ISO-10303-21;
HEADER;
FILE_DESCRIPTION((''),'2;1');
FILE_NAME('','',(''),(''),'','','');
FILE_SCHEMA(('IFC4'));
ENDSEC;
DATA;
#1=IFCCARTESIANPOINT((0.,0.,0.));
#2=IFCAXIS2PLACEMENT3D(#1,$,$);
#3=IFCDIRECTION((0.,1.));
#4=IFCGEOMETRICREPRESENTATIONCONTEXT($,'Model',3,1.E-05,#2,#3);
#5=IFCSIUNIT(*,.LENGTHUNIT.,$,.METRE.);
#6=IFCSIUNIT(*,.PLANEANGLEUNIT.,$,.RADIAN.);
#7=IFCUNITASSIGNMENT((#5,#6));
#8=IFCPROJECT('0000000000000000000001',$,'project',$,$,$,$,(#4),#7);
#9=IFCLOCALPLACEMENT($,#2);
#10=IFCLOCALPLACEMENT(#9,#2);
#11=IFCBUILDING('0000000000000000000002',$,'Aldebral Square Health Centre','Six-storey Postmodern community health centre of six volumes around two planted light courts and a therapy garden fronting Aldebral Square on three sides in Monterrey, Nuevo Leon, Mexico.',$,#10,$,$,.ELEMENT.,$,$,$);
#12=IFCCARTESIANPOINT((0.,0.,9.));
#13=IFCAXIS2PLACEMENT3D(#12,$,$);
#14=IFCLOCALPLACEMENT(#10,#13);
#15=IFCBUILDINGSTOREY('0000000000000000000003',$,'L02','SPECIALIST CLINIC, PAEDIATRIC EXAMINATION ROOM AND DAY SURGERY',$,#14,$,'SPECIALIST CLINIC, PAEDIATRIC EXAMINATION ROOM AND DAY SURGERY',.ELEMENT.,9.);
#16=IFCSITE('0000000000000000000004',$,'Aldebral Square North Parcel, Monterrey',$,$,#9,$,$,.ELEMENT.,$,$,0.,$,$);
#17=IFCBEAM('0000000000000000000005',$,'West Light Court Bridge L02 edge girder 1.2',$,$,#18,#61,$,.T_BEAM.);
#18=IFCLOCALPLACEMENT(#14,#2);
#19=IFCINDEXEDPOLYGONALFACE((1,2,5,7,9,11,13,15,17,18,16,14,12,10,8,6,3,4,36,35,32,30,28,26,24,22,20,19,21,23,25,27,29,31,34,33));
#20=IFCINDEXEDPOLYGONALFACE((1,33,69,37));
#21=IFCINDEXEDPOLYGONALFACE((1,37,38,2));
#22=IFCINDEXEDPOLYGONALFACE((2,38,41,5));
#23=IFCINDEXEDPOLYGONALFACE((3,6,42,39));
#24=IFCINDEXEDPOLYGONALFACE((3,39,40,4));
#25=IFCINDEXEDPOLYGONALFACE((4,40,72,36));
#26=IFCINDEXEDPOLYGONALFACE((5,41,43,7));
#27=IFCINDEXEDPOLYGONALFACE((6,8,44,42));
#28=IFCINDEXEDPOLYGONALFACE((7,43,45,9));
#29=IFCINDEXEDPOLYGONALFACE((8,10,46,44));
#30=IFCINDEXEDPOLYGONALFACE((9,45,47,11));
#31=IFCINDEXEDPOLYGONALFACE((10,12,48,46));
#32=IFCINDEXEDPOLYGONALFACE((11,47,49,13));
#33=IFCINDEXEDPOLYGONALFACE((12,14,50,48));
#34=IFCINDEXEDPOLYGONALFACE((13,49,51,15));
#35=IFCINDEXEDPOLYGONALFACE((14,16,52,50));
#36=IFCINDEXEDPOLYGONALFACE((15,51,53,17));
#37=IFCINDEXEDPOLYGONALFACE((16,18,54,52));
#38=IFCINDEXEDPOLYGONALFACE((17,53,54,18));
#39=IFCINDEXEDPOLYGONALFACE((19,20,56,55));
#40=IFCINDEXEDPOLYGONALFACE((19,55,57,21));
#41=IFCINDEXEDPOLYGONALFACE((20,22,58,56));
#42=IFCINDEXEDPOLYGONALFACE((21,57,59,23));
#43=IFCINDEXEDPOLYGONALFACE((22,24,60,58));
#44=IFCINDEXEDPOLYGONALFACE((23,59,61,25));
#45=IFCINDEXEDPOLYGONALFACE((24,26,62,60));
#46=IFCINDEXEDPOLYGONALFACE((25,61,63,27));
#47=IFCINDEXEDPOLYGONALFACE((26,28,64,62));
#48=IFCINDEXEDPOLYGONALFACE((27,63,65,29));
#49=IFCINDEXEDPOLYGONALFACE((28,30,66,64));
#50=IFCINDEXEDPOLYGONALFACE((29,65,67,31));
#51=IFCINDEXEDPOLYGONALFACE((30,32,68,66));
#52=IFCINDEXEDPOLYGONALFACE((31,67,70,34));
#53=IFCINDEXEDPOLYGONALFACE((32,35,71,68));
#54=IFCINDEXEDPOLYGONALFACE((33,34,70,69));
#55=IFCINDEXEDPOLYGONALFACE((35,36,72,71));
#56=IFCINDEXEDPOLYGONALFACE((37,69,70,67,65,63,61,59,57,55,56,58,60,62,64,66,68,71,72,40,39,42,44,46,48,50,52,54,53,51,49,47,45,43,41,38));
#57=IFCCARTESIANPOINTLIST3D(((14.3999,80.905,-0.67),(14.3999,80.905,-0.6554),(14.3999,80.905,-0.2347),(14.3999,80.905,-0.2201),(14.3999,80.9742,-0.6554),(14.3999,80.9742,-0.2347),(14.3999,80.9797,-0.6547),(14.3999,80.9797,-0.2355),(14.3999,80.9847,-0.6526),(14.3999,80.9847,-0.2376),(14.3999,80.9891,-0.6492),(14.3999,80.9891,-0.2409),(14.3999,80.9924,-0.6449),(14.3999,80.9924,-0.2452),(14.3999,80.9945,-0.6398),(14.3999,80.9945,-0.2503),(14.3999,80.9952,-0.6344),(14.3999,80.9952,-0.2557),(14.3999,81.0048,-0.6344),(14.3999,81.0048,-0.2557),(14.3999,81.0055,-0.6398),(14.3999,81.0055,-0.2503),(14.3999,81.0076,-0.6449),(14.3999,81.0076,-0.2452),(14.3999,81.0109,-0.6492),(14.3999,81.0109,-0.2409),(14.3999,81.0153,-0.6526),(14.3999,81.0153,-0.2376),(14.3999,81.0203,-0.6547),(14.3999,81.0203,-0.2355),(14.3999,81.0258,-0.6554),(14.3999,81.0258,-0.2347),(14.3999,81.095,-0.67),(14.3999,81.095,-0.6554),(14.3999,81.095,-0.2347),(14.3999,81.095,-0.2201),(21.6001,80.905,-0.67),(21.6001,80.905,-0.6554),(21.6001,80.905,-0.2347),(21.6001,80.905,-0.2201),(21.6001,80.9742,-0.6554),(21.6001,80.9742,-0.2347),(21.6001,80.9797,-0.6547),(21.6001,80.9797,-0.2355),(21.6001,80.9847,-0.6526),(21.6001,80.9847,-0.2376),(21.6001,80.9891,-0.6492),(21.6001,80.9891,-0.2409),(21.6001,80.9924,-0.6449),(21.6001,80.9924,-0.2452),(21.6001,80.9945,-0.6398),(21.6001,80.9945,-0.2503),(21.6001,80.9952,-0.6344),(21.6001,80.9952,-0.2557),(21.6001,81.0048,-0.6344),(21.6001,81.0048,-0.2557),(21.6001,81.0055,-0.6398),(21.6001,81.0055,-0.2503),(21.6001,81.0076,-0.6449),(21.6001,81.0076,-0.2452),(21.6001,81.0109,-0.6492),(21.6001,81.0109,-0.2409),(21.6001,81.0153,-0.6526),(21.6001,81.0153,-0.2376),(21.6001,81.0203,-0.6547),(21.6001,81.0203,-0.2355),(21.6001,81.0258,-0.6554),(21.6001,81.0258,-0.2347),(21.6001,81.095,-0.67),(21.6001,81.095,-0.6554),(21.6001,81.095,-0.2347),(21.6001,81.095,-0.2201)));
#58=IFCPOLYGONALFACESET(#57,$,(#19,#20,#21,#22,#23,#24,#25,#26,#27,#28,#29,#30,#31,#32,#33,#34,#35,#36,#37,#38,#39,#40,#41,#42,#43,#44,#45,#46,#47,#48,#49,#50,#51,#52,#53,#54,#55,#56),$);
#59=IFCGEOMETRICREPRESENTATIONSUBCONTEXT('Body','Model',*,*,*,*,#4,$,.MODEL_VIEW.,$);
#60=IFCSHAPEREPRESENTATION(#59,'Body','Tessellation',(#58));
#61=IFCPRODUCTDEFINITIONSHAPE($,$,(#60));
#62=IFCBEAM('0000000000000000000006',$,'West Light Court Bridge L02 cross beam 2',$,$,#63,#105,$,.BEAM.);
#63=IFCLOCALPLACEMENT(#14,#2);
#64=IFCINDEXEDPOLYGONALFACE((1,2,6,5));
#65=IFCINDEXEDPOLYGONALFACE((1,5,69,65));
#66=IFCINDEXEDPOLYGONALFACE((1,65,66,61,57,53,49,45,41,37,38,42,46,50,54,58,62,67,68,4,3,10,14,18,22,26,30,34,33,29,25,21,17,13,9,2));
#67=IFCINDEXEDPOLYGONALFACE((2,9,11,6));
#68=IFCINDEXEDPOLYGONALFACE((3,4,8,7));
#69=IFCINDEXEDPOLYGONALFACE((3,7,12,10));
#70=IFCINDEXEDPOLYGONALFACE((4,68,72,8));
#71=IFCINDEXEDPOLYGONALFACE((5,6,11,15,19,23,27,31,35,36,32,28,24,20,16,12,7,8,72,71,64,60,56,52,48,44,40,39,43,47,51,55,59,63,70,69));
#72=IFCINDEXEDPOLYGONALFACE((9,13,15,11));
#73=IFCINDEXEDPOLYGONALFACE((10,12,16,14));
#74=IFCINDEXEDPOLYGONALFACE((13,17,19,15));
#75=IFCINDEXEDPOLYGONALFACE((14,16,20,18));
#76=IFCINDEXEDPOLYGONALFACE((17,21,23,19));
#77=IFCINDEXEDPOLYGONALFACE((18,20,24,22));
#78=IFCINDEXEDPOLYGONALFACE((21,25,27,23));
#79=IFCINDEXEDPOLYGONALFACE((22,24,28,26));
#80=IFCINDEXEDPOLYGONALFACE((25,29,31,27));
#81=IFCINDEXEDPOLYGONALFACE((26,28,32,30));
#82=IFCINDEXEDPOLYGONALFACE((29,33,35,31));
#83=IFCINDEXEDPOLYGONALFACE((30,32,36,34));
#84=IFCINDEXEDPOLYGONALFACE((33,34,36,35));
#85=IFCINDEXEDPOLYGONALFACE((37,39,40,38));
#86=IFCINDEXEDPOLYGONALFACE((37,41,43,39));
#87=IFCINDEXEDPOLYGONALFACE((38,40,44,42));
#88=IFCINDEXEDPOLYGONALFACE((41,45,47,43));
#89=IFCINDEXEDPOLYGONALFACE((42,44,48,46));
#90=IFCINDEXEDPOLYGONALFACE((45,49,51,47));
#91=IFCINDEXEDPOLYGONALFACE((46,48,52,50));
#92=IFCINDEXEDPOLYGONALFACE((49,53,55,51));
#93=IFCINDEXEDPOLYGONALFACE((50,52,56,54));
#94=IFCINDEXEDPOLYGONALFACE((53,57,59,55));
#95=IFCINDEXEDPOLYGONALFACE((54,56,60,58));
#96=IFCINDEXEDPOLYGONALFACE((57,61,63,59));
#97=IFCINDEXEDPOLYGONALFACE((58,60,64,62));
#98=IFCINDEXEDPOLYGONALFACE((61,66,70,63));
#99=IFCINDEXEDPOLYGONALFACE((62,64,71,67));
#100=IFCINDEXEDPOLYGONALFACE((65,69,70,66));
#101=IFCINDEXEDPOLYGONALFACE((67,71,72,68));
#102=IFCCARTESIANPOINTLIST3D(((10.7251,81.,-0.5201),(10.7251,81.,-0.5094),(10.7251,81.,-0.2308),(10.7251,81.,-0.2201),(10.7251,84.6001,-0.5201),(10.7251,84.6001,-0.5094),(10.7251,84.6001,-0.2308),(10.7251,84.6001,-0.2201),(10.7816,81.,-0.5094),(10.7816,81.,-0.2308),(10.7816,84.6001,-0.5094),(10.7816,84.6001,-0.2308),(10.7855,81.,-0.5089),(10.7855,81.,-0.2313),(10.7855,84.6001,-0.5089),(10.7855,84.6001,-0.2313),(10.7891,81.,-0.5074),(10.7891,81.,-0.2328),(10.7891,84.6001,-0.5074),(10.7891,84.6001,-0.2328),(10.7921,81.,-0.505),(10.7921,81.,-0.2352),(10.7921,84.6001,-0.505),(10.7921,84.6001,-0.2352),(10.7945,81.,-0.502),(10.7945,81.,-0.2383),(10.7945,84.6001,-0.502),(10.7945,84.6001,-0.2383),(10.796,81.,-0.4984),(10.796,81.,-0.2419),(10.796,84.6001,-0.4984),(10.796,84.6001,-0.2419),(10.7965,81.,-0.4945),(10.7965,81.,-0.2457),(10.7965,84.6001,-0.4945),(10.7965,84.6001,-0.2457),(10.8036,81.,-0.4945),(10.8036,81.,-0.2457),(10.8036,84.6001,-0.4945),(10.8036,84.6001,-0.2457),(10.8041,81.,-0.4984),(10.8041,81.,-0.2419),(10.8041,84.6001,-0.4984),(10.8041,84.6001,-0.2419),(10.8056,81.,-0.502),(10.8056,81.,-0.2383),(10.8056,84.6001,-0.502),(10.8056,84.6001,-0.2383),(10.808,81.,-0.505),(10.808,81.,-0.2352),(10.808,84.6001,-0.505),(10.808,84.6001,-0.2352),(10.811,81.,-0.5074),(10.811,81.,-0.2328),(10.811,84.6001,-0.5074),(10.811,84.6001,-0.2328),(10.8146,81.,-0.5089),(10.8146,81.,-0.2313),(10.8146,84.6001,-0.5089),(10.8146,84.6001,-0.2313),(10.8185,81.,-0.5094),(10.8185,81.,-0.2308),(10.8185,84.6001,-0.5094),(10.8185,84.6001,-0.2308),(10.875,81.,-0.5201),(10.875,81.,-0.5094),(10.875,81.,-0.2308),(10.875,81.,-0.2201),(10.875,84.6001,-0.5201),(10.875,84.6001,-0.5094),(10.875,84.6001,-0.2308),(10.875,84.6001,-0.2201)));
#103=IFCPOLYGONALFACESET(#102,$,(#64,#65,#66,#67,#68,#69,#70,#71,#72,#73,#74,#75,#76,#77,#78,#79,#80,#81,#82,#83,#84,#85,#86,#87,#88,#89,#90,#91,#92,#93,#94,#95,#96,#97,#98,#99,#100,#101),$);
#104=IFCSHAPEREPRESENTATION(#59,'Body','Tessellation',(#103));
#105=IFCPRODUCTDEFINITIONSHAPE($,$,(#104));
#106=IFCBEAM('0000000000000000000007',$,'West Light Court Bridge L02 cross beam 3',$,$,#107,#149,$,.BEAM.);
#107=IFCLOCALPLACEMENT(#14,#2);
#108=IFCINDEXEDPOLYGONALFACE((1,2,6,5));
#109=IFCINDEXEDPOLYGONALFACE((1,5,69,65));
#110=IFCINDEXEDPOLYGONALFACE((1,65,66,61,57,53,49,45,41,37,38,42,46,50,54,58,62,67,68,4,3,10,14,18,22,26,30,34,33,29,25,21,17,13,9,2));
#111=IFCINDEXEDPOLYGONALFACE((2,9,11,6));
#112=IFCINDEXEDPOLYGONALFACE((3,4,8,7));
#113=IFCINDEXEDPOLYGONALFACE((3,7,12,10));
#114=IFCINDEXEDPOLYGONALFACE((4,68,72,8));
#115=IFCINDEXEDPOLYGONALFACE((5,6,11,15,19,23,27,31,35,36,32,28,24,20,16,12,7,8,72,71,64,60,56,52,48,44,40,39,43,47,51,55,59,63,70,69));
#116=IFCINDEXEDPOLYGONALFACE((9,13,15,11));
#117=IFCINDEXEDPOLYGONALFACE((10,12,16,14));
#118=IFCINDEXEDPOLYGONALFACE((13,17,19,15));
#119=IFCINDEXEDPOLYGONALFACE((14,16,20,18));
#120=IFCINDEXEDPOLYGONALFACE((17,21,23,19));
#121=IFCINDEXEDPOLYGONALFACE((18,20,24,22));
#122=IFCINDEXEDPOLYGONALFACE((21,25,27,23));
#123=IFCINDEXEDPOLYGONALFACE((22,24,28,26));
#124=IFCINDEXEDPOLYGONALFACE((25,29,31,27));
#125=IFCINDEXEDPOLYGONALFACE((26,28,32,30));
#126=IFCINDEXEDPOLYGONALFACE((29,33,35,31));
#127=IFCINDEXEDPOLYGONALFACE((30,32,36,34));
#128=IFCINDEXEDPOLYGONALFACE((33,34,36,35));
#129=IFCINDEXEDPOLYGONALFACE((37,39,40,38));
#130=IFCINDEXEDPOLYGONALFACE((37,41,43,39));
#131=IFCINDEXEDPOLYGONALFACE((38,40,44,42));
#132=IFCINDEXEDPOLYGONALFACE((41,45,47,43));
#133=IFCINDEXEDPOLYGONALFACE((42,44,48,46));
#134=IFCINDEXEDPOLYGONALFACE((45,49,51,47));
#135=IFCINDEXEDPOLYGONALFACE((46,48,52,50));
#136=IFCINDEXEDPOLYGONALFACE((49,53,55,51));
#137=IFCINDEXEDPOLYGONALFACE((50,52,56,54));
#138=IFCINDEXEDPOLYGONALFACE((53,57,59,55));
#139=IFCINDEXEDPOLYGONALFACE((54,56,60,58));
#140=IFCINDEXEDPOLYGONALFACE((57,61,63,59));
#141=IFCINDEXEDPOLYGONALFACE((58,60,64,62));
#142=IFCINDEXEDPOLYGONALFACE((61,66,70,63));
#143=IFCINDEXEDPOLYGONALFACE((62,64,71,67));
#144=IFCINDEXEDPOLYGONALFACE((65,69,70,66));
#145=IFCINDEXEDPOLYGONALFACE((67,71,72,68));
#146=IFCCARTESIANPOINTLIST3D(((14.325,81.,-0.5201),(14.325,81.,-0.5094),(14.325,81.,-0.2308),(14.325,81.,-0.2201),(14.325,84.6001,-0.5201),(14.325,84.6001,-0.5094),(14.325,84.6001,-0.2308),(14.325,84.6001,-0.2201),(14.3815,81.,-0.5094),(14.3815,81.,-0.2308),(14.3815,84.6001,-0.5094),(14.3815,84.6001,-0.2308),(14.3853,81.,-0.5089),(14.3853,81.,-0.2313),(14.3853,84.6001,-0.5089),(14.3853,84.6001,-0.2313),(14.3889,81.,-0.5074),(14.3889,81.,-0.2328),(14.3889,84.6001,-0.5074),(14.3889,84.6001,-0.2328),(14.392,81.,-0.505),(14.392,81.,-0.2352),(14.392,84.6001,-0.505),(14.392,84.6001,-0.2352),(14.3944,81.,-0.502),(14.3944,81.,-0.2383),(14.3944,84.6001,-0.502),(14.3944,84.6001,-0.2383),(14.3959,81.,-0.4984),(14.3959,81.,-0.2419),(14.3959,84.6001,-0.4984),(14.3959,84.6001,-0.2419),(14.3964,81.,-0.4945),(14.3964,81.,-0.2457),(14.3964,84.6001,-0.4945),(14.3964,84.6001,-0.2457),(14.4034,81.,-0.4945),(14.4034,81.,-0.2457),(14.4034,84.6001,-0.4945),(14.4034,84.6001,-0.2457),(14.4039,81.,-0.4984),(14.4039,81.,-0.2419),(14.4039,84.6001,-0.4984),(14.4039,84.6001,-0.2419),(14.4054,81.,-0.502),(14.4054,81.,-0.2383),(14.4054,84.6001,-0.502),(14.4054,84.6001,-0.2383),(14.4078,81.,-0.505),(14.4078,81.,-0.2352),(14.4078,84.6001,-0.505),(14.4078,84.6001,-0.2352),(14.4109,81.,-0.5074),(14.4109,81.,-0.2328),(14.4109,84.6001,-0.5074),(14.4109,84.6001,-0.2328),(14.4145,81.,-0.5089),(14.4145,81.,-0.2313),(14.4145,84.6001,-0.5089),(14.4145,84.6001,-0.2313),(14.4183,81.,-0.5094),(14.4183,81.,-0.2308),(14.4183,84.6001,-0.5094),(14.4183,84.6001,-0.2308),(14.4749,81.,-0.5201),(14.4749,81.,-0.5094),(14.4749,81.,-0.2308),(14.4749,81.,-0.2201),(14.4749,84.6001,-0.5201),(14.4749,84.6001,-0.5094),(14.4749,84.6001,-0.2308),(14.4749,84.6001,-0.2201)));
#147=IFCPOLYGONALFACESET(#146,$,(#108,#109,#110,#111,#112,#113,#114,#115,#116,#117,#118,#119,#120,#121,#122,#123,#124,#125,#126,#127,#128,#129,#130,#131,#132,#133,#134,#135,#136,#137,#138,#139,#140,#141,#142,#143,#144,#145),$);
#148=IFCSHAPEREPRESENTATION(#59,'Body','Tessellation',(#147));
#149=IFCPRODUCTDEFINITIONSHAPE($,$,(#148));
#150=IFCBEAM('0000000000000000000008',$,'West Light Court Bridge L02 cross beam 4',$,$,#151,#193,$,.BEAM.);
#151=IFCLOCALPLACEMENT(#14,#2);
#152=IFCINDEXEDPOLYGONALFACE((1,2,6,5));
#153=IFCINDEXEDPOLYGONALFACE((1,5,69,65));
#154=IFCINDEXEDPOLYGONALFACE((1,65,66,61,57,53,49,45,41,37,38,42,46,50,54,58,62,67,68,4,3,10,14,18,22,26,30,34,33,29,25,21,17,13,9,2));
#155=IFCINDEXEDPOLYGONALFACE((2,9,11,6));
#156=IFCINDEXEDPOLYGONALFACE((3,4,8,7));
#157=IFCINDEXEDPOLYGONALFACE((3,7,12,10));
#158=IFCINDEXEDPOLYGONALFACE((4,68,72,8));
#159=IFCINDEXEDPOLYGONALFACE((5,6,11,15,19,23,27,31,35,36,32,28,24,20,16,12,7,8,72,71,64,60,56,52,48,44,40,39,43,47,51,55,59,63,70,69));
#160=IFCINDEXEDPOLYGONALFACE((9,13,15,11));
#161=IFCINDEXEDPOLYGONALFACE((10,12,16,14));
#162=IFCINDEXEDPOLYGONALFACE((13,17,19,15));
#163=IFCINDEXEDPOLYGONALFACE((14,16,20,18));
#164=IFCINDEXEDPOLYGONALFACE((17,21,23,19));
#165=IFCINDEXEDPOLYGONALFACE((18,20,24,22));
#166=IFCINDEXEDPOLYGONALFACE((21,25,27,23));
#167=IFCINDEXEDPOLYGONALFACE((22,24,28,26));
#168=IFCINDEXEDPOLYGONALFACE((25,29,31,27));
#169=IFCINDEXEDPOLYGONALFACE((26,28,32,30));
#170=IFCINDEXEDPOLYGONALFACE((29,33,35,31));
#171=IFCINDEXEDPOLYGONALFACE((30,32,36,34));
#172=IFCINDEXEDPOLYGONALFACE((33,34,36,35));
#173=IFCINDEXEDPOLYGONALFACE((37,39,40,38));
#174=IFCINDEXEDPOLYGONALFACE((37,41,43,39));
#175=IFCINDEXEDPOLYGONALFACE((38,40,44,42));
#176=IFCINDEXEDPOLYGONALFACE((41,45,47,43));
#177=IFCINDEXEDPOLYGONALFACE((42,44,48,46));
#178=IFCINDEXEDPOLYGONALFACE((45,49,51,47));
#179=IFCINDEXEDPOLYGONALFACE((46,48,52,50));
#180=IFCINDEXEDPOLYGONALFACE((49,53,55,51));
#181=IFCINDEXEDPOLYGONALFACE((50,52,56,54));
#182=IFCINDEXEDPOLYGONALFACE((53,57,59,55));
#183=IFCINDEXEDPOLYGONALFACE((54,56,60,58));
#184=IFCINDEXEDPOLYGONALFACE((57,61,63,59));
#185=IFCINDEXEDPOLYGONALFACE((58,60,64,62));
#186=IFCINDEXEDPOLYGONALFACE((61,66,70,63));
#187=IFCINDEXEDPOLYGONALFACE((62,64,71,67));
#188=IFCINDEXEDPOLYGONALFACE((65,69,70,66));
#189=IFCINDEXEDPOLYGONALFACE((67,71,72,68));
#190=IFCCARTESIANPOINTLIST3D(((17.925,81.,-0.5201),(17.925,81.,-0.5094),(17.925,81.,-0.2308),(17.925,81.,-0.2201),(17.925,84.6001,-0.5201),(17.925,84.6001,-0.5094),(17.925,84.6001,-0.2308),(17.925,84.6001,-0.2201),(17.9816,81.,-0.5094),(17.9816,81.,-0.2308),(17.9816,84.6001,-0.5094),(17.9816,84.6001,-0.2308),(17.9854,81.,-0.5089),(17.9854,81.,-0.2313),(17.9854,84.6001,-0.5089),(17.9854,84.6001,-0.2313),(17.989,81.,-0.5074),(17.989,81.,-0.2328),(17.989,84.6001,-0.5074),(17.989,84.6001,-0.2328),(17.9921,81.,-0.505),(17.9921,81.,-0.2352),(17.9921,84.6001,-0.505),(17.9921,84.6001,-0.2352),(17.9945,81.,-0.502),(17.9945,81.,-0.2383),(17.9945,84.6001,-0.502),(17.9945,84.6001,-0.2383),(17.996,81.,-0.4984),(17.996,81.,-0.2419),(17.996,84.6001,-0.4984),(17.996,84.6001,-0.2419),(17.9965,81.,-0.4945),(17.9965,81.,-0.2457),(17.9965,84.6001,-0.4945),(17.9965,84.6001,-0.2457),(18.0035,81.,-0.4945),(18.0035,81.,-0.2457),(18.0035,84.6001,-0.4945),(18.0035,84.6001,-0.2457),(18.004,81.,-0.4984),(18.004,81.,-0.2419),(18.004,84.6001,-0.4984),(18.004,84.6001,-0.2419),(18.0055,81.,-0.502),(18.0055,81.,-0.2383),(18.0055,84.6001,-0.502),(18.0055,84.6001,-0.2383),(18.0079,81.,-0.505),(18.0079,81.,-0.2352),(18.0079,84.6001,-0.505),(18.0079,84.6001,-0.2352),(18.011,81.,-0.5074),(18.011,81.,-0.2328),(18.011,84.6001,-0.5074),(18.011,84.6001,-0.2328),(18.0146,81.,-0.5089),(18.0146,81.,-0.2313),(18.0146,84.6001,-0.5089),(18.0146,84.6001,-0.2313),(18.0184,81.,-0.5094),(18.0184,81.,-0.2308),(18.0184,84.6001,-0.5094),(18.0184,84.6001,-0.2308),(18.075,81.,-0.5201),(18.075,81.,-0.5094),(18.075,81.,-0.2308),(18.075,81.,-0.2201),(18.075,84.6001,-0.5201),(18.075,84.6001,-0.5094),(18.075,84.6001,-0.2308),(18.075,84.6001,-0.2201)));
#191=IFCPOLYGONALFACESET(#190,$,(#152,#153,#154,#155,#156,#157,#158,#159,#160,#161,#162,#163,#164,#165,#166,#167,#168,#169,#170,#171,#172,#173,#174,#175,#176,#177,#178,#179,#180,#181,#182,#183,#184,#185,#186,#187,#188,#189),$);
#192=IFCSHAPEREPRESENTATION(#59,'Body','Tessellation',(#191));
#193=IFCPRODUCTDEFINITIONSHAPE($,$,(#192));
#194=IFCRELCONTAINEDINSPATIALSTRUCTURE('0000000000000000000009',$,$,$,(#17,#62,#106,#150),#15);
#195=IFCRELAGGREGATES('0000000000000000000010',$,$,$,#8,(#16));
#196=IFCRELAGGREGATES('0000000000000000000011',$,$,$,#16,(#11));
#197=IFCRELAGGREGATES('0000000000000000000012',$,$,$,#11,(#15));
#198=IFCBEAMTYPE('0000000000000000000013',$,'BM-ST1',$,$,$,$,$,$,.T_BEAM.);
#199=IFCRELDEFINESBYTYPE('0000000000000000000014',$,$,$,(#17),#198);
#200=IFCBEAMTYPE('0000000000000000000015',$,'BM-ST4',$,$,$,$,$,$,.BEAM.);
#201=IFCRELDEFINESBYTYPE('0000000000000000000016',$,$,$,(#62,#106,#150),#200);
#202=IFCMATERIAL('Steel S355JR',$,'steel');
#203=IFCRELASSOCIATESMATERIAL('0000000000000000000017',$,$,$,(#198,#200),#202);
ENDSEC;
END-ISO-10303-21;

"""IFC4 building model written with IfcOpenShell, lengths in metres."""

from ifc_helpers import new_model, si_unit, direction, frame, origin, origin_2d, place, context, subcontext, project, spatial, i_section, extrude, material, material_profile, profile_set, type_object, element, save


model = new_model("IFC4")

# Units and contexts
model_context = context("Model", 3, precision=1e-05, world=origin(), true_north=direction((0.0, 1.0)))
body_context = subcontext(model_context, "Body", "Model", "MODEL_VIEW")
ifc_project = project(units=[si_unit("LENGTHUNIT", "METRE"), si_unit("PLANEANGLEUNIT", "RADIAN")], contexts=[model_context])

# Site, building, storey
site_placement = place(None, origin())
site = spatial("IfcSite", under=ifc_project, at=site_placement, Name="Aldebral Square North Parcel, Monterrey", CompositionType="ELEMENT", RefElevation=0.0)
building_placement = place(site_placement, origin())
building = spatial("IfcBuilding", under=site, at=building_placement, Name="Aldebral Square Health Centre", Description="Six-storey Postmodern community health centre of six volumes around two planted light courts and a therapy garden fronting Aldebral Square on three sides in Monterrey, Nuevo Leon, Mexico.", CompositionType="ELEMENT")
storey_placement = place(building_placement, frame((0.0, 0.0, 9.0)))
storey = spatial("IfcBuildingStorey", under=building, at=storey_placement, Name="L02", Description="SPECIALIST CLINIC, PAEDIATRIC EXAMINATION ROOM AND DAY SURGERY", LongName="SPECIALIST CLINIC, PAEDIATRIC EXAMINATION ROOM AND DAY SURGERY", CompositionType="ELEMENT", Elevation=9.0)

# Beams
ifc_material_1 = material(Name="Steel S355JR", Category="steel")
ifc_material_profile_1 = material_profile(ifc_material_1, i_section(OverallWidth=0.1899, OverallDepth=0.45, WebThickness=0.0095, FlangeThickness=0.0146, FilletRadius=0.021, at=origin_2d()), Name="IPE 450")
ifc_profile_set_1 = profile_set([ifc_material_profile_1], Name="Steel S355JR")
beam_type_1 = type_object("IfcBeamType", Name="BM-ST1", PredefinedType="T_BEAM", material=ifc_profile_set_1)
beam_placement = place(storey_placement, frame((14.3999, 81.0, -0.4451), z_axis=(1.0, 0.0, 0.0), x_axis=(0.0, 1.0, 0.0)))
element("IfcBeam", 1, at=beam_placement, inside=storey, type_object=beam_type_1, Name="West Light Court Bridge L02 edge girder 1.2", PredefinedType="T_BEAM", context=body_context, shape_type="SweptSolid", body=[
    extrude(i_section(OverallWidth=0.1899, OverallDepth=0.45, WebThickness=0.0095, FlangeThickness=0.0146, FilletRadius=0.021, at=origin_2d()), origin(), (0.0, 0.0, 1.0), 7.2002),
])
ifc_material_profile_2 = material_profile(ifc_material_1, i_section(OverallWidth=0.1499, OverallDepth=0.3, WebThickness=0.0071, FlangeThickness=0.0107, FilletRadius=0.0149, at=origin_2d()), Name="IPE 300")
ifc_profile_set_2 = profile_set([ifc_material_profile_2], Name="Steel S355JR")
beam_type_2 = type_object("IfcBeamType", Name="BM-ST4", PredefinedType="BEAM", material=ifc_profile_set_2)
for number, where, z_axis, x_axis, name in (
    (2, (10.8, 81.0, -0.3701), (0.0, 1.0, 0.0), (-1.0, 0.0, 0.0), "West Light Court Bridge L02 cross beam 2"),
    (3, (14.3999, 81.0, -0.3701), (0.0, 1.0, 0.0), (-1.0, 0.0, 0.0), "West Light Court Bridge L02 cross beam 3"),
    (4, (18.0, 81.0, -0.3701), (0.0, 1.0, 0.0), (-1.0, 0.0, 0.0), "West Light Court Bridge L02 cross beam 4"),
):
    element("IfcBeam", number, at=place(storey_placement, frame(where, z_axis=z_axis, x_axis=x_axis)), inside=storey, type_object=beam_type_2, Name=name, PredefinedType="BEAM", context=body_context, shape_type="SweptSolid", body=[
        extrude(i_section(OverallWidth=0.1499, OverallDepth=0.3, WebThickness=0.0071, FlangeThickness=0.0107, FilletRadius=0.0149, at=origin_2d()), origin(), (0.0, 0.0, 1.0), 3.6001),
    ])

save(model, "model.ifc")
